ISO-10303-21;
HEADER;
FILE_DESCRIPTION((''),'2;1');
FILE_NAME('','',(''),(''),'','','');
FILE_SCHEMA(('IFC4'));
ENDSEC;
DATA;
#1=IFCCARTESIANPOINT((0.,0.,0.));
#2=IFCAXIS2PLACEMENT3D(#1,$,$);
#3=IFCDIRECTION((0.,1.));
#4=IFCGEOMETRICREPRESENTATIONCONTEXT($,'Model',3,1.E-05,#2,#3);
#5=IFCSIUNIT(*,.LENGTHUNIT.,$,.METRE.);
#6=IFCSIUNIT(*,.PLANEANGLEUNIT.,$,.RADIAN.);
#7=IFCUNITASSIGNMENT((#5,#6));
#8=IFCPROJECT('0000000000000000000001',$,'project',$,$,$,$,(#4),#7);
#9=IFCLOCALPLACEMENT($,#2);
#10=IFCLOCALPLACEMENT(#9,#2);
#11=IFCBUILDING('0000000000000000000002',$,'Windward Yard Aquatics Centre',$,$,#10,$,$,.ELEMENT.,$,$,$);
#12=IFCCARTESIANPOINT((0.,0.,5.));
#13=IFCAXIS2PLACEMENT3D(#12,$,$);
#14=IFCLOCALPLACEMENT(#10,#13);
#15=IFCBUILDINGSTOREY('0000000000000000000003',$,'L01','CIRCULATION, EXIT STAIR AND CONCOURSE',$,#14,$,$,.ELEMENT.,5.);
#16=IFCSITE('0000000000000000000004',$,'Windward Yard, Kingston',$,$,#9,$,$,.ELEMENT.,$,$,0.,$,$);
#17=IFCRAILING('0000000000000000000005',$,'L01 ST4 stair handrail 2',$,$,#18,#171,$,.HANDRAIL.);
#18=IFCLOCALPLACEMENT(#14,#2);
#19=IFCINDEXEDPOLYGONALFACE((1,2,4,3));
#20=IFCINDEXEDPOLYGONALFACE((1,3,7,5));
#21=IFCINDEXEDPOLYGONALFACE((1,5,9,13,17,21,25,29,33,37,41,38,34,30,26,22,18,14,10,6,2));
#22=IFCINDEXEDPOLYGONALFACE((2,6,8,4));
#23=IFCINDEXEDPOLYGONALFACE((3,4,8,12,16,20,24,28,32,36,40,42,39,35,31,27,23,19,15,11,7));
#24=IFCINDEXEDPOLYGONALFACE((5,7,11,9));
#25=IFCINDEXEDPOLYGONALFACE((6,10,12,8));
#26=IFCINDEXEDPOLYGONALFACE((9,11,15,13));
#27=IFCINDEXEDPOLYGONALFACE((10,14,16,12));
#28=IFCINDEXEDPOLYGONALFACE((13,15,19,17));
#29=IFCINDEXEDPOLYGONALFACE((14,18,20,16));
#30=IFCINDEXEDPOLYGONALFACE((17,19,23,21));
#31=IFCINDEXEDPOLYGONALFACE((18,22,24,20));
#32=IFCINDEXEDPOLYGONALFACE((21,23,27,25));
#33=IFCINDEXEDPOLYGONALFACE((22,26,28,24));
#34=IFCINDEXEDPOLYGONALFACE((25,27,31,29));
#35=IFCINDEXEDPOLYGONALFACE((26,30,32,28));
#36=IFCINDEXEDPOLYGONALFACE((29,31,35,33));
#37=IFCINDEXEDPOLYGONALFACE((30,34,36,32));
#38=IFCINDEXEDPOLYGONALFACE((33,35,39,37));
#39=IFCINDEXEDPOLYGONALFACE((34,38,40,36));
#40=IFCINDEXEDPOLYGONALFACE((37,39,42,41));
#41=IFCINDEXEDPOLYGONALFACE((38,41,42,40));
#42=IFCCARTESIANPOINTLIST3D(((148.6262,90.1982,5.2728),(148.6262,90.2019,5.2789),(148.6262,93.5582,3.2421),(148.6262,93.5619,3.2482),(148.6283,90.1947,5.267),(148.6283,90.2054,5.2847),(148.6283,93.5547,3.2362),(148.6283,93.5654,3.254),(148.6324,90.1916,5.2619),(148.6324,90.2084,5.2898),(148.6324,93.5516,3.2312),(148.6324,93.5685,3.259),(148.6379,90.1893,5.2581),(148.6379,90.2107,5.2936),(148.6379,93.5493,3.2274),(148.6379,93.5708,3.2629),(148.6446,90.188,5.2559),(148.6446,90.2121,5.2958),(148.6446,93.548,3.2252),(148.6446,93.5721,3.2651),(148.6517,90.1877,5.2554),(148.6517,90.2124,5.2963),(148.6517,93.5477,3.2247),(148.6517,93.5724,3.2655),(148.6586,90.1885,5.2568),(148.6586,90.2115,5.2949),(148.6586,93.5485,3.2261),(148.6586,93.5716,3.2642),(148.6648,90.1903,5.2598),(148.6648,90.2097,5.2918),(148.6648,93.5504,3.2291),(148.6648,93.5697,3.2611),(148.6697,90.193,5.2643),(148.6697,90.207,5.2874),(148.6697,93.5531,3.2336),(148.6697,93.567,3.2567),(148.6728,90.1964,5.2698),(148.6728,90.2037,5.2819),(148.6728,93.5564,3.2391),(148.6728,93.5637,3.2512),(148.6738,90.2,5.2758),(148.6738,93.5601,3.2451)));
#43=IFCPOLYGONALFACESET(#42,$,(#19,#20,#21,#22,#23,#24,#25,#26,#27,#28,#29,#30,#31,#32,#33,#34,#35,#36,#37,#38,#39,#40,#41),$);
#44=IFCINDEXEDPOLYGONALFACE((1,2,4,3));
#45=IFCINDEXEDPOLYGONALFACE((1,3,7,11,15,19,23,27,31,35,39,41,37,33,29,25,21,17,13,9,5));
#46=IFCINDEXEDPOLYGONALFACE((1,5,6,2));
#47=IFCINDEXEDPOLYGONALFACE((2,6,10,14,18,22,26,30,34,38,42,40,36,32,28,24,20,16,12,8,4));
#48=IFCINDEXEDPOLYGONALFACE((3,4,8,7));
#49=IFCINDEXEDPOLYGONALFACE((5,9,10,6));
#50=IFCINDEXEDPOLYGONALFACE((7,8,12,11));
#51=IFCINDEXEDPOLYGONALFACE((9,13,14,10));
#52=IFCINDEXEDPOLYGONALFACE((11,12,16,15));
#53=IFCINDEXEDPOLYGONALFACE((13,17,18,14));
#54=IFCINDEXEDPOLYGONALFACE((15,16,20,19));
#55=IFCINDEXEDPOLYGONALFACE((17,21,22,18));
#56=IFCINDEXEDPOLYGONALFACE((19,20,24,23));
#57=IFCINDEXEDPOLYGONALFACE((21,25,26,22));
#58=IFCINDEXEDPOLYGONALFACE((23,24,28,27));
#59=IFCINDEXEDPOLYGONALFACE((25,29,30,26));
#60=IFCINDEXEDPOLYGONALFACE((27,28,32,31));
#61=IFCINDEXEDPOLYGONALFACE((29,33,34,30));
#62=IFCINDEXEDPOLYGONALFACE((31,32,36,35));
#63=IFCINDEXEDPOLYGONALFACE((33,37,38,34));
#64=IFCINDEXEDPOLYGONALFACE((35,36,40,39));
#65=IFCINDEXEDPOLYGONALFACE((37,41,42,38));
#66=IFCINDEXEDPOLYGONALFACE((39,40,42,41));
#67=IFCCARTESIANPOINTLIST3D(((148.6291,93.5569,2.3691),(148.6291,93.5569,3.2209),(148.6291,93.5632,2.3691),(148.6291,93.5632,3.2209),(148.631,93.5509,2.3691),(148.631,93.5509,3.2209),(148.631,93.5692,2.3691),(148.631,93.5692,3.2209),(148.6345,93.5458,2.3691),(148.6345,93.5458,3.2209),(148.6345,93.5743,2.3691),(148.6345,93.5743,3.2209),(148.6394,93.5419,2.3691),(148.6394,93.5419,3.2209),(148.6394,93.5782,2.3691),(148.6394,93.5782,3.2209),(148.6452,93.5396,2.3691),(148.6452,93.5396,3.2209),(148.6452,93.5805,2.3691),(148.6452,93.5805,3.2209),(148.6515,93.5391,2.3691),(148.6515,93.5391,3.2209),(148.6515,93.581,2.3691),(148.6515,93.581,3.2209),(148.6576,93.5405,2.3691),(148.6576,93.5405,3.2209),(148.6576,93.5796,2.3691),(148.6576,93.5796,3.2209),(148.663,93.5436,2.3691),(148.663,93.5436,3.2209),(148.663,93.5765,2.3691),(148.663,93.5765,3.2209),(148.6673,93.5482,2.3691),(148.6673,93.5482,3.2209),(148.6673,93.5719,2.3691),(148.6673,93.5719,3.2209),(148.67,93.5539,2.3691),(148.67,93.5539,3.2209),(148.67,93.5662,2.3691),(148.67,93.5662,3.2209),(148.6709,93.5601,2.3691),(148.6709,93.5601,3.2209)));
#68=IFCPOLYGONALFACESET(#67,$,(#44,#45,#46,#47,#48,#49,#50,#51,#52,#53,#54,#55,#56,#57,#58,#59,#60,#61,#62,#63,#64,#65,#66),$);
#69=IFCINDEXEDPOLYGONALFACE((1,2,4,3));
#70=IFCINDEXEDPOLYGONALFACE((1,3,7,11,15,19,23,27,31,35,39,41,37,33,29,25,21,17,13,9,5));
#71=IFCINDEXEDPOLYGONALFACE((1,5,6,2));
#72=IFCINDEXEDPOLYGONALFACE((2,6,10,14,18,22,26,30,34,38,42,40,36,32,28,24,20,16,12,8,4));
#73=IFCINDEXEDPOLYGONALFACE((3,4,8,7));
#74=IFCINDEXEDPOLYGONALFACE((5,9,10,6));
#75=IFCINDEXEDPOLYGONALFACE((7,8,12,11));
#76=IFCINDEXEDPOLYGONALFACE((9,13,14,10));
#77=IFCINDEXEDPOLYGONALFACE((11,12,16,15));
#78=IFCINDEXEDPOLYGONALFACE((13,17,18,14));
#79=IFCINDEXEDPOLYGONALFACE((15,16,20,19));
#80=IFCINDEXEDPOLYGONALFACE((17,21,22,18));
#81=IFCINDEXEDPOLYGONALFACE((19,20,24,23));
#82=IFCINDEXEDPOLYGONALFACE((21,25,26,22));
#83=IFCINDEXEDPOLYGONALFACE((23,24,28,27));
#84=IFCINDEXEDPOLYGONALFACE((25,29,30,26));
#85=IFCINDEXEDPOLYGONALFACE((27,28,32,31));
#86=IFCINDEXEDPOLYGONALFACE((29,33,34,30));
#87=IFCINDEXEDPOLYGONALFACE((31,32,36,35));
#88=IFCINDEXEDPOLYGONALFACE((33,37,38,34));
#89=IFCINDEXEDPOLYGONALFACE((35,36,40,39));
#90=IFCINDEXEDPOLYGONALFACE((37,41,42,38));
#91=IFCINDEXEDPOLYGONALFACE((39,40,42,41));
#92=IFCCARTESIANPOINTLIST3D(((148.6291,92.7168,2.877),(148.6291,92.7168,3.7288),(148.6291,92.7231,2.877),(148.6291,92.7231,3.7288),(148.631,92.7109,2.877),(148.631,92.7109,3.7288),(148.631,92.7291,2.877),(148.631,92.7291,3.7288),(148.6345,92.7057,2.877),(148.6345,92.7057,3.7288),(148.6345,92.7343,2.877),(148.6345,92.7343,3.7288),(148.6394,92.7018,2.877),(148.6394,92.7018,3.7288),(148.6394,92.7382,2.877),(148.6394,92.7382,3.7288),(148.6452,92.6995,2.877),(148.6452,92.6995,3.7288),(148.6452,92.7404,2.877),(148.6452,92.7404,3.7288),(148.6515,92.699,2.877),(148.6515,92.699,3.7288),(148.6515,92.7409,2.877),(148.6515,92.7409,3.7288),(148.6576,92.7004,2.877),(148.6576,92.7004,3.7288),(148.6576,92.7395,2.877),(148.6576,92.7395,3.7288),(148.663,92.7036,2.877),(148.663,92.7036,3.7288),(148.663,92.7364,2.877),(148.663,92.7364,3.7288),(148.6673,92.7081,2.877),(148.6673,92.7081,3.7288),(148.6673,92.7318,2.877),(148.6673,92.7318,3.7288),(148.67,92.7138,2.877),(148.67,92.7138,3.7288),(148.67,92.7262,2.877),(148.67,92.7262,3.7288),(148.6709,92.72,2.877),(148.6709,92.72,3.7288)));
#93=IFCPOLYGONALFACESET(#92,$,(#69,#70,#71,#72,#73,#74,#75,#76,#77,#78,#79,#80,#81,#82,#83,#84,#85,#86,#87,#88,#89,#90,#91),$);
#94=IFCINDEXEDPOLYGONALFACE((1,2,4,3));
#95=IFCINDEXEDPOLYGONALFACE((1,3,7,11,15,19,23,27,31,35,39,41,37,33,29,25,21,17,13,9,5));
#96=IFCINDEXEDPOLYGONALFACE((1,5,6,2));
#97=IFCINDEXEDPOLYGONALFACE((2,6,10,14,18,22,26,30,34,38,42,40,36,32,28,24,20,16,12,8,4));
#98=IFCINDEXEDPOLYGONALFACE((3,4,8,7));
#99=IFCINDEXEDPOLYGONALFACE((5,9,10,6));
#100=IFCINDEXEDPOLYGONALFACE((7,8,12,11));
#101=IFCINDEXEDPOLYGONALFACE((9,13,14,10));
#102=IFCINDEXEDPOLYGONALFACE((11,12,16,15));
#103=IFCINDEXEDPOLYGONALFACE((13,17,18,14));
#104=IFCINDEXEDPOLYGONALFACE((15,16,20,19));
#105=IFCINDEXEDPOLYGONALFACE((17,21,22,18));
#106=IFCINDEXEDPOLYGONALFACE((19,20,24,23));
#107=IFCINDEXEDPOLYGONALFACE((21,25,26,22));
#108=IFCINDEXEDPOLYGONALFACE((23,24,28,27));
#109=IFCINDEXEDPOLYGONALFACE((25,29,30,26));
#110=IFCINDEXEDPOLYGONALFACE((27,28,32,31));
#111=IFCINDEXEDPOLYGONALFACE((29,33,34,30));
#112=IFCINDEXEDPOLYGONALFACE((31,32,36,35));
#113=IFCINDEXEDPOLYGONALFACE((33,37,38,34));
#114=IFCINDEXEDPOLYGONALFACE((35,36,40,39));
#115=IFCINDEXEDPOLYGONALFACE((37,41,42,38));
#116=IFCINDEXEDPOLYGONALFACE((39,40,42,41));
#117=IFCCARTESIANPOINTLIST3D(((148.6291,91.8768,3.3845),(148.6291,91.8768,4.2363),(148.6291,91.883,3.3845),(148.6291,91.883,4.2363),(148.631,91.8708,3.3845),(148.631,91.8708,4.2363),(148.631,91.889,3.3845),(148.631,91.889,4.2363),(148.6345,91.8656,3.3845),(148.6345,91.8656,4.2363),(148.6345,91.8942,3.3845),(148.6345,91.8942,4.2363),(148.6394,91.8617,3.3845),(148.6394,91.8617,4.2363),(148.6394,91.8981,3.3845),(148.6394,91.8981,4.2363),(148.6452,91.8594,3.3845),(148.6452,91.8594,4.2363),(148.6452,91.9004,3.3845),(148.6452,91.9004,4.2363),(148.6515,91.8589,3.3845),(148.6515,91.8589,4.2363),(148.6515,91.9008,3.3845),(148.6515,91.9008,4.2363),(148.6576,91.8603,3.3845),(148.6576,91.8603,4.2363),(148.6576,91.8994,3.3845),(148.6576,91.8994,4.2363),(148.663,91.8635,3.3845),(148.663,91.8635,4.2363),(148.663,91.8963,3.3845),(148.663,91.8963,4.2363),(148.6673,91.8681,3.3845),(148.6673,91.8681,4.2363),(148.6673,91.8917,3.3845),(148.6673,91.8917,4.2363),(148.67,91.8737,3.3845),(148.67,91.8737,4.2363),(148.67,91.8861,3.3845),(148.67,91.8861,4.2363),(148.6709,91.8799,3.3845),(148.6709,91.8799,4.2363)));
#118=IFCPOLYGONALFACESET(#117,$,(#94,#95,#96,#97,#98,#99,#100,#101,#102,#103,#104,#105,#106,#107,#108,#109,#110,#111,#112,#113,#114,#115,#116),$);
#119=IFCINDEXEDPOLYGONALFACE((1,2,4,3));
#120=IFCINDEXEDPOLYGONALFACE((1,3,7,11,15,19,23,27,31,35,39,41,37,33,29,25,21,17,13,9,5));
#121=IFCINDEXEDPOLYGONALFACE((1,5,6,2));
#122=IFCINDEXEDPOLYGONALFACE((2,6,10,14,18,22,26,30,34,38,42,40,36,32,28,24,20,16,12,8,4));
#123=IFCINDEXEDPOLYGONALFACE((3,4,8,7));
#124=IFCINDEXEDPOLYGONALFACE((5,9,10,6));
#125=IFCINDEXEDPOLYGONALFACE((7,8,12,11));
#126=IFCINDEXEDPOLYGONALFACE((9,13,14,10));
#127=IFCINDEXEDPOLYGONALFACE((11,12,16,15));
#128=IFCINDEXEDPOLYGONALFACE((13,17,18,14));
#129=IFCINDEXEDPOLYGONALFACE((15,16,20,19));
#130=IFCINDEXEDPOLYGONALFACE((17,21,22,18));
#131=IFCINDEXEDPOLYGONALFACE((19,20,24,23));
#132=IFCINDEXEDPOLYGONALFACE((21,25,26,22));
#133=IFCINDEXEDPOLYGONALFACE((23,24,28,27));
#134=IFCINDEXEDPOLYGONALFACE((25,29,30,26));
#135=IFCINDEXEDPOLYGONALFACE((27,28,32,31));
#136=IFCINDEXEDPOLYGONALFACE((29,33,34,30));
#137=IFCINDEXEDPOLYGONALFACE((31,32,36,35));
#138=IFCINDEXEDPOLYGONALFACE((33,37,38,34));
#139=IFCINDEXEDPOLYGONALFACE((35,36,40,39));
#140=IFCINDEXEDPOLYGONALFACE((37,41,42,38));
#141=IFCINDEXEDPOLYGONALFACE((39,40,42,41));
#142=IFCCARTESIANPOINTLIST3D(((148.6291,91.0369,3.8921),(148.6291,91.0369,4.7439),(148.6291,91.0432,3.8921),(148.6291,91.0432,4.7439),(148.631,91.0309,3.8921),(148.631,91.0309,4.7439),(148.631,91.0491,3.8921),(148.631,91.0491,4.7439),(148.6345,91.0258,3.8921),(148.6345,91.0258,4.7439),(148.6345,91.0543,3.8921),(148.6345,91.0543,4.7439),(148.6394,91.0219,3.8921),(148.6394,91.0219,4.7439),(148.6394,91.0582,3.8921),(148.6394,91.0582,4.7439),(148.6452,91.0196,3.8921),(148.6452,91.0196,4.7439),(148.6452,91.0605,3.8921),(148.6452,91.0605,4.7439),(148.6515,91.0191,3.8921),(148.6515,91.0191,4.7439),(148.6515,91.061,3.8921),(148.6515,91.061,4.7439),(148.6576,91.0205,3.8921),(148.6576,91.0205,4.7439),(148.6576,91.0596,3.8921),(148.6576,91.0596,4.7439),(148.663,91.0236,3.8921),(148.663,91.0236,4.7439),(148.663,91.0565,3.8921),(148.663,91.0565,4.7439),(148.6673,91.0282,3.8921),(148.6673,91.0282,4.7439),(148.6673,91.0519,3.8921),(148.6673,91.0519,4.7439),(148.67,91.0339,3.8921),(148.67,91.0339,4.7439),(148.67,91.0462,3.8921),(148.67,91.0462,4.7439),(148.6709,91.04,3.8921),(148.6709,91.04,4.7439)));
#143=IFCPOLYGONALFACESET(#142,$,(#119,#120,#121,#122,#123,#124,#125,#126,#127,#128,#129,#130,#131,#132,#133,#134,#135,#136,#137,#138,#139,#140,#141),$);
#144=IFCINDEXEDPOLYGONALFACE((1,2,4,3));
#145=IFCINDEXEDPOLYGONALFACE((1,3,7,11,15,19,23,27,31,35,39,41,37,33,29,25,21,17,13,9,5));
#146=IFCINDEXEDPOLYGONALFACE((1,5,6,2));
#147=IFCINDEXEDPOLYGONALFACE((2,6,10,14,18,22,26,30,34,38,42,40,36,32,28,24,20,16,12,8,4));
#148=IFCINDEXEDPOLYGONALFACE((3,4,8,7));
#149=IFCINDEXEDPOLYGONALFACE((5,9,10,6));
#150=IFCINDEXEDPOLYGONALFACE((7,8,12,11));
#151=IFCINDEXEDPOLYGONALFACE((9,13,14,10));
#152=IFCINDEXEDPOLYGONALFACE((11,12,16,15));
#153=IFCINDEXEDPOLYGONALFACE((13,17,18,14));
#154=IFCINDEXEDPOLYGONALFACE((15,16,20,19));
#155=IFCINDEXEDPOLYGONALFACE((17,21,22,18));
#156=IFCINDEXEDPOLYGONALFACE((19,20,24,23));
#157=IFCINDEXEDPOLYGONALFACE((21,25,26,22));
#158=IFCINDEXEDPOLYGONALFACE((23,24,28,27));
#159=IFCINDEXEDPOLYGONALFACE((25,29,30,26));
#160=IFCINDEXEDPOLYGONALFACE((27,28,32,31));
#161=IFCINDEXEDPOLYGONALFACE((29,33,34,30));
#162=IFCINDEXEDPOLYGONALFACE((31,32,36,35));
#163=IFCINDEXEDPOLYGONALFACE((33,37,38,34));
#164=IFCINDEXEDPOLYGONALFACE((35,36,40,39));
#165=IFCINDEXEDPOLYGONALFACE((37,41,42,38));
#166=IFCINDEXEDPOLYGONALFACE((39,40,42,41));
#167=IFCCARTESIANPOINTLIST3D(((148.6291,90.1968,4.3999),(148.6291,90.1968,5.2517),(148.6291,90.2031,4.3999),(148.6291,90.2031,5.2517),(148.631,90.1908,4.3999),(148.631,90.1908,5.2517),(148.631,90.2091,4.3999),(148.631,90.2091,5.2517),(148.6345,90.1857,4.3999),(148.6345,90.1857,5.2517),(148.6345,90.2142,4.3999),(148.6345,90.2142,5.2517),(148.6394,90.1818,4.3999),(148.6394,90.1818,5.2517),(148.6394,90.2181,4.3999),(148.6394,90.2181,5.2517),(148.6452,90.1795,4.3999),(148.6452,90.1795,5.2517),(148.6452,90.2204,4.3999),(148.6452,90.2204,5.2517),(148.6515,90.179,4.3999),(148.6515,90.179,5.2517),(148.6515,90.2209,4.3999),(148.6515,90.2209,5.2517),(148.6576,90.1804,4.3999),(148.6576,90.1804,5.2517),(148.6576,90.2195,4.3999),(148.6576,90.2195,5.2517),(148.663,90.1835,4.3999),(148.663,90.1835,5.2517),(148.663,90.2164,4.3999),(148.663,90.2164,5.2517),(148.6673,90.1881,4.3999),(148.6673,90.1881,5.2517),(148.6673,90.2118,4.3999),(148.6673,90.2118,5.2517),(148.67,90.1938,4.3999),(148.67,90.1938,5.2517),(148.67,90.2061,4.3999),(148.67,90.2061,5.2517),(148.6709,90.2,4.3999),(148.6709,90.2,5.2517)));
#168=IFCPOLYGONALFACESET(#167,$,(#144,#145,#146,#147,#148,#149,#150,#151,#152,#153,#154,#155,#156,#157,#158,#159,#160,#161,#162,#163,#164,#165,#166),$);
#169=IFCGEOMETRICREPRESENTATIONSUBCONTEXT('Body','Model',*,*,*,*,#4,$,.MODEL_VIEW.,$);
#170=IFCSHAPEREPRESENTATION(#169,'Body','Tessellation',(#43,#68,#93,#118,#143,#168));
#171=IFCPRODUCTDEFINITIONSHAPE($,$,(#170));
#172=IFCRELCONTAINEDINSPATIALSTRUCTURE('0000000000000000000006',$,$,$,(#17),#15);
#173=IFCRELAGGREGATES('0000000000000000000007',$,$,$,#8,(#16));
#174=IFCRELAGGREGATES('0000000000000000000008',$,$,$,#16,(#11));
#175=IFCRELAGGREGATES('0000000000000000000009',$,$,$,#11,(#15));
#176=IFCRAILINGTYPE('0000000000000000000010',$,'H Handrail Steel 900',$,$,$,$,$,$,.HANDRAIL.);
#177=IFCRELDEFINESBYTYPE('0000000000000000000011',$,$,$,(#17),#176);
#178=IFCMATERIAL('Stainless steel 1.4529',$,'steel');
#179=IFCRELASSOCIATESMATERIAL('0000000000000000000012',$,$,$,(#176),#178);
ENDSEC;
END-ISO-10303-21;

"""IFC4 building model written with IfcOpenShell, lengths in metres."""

from ifc_helpers import new_model, si_unit, direction, frame, origin, origin_2d, place, context, subcontext, project, spatial, circle, extrude, material, type_object, element, save


model = new_model("IFC4")

# Units and contexts
model_context = context("Model", 3, precision=1e-05, world=origin(), true_north=direction((0.0, 1.0)))
body_context = subcontext(model_context, "Body", "Model", "MODEL_VIEW")
ifc_project = project(units=[si_unit("LENGTHUNIT", "METRE"), si_unit("PLANEANGLEUNIT", "RADIAN")], contexts=[model_context])

# Site, building, storey
site_placement = place(None, origin())
site = spatial("IfcSite", under=ifc_project, at=site_placement, Name="Windward Yard, Kingston", CompositionType="ELEMENT", RefElevation=0.0)
building_placement = place(site_placement, origin())
building = spatial("IfcBuilding", under=site, at=building_placement, Name="Windward Yard Aquatics Centre", CompositionType="ELEMENT")
storey_placement = place(building_placement, frame((0.0, 0.0, 5.0)))
storey = spatial("IfcBuildingStorey", under=building, at=storey_placement, Name="L01", Description="CIRCULATION, EXIT STAIR AND CONCOURSE", CompositionType="ELEMENT", Elevation=5.0)

# Railing
ifc_material_1 = material(Name="Stainless steel 1.4529", Category="steel")
railing_type_1 = type_object("IfcRailingType", Name="H Handrail Steel 900", PredefinedType="HANDRAIL", material=ifc_material_1)
railing_1_placement = place(storey_placement, frame((148.6499, 93.5601, 2.3691)))
element("IfcRailing", 1, at=railing_1_placement, inside=storey, type_object=railing_type_1, Name="L01 ST4 stair handrail 2", PredefinedType="HANDRAIL", context=body_context, shape_type="SweptSolid", body=[
    extrude(circle(Radius=0.0239, at=origin_2d()), frame((0.0, 0.0, 0.876), z_axis=(0.0, -0.855837, 0.517246), x_axis=(1.0, 0.0, 0.0)), (0.0, 0.0, 1.0), 3.926),
    extrude(circle(Radius=0.021, at=origin_2d()), origin(), (0.0, 0.0, 1.0), 0.8518),
    extrude(circle(Radius=0.021, at=origin_2d()), frame((0.0, -0.8401, 0.5078)), (0.0, 0.0, 1.0), 0.8518),
    extrude(circle(Radius=0.021, at=origin_2d()), frame((0.0, -1.6802, 1.0154)), (0.0, 0.0, 1.0), 0.8518),
    extrude(circle(Radius=0.021, at=origin_2d()), frame((0.0, -2.52, 1.5229)), (0.0, 0.0, 1.0), 0.8518),
    extrude(circle(Radius=0.021, at=origin_2d()), frame((0.0, -3.3601, 2.0308)), (0.0, 0.0, 1.0), 0.8518),
])

save(model, "model.ifc")
